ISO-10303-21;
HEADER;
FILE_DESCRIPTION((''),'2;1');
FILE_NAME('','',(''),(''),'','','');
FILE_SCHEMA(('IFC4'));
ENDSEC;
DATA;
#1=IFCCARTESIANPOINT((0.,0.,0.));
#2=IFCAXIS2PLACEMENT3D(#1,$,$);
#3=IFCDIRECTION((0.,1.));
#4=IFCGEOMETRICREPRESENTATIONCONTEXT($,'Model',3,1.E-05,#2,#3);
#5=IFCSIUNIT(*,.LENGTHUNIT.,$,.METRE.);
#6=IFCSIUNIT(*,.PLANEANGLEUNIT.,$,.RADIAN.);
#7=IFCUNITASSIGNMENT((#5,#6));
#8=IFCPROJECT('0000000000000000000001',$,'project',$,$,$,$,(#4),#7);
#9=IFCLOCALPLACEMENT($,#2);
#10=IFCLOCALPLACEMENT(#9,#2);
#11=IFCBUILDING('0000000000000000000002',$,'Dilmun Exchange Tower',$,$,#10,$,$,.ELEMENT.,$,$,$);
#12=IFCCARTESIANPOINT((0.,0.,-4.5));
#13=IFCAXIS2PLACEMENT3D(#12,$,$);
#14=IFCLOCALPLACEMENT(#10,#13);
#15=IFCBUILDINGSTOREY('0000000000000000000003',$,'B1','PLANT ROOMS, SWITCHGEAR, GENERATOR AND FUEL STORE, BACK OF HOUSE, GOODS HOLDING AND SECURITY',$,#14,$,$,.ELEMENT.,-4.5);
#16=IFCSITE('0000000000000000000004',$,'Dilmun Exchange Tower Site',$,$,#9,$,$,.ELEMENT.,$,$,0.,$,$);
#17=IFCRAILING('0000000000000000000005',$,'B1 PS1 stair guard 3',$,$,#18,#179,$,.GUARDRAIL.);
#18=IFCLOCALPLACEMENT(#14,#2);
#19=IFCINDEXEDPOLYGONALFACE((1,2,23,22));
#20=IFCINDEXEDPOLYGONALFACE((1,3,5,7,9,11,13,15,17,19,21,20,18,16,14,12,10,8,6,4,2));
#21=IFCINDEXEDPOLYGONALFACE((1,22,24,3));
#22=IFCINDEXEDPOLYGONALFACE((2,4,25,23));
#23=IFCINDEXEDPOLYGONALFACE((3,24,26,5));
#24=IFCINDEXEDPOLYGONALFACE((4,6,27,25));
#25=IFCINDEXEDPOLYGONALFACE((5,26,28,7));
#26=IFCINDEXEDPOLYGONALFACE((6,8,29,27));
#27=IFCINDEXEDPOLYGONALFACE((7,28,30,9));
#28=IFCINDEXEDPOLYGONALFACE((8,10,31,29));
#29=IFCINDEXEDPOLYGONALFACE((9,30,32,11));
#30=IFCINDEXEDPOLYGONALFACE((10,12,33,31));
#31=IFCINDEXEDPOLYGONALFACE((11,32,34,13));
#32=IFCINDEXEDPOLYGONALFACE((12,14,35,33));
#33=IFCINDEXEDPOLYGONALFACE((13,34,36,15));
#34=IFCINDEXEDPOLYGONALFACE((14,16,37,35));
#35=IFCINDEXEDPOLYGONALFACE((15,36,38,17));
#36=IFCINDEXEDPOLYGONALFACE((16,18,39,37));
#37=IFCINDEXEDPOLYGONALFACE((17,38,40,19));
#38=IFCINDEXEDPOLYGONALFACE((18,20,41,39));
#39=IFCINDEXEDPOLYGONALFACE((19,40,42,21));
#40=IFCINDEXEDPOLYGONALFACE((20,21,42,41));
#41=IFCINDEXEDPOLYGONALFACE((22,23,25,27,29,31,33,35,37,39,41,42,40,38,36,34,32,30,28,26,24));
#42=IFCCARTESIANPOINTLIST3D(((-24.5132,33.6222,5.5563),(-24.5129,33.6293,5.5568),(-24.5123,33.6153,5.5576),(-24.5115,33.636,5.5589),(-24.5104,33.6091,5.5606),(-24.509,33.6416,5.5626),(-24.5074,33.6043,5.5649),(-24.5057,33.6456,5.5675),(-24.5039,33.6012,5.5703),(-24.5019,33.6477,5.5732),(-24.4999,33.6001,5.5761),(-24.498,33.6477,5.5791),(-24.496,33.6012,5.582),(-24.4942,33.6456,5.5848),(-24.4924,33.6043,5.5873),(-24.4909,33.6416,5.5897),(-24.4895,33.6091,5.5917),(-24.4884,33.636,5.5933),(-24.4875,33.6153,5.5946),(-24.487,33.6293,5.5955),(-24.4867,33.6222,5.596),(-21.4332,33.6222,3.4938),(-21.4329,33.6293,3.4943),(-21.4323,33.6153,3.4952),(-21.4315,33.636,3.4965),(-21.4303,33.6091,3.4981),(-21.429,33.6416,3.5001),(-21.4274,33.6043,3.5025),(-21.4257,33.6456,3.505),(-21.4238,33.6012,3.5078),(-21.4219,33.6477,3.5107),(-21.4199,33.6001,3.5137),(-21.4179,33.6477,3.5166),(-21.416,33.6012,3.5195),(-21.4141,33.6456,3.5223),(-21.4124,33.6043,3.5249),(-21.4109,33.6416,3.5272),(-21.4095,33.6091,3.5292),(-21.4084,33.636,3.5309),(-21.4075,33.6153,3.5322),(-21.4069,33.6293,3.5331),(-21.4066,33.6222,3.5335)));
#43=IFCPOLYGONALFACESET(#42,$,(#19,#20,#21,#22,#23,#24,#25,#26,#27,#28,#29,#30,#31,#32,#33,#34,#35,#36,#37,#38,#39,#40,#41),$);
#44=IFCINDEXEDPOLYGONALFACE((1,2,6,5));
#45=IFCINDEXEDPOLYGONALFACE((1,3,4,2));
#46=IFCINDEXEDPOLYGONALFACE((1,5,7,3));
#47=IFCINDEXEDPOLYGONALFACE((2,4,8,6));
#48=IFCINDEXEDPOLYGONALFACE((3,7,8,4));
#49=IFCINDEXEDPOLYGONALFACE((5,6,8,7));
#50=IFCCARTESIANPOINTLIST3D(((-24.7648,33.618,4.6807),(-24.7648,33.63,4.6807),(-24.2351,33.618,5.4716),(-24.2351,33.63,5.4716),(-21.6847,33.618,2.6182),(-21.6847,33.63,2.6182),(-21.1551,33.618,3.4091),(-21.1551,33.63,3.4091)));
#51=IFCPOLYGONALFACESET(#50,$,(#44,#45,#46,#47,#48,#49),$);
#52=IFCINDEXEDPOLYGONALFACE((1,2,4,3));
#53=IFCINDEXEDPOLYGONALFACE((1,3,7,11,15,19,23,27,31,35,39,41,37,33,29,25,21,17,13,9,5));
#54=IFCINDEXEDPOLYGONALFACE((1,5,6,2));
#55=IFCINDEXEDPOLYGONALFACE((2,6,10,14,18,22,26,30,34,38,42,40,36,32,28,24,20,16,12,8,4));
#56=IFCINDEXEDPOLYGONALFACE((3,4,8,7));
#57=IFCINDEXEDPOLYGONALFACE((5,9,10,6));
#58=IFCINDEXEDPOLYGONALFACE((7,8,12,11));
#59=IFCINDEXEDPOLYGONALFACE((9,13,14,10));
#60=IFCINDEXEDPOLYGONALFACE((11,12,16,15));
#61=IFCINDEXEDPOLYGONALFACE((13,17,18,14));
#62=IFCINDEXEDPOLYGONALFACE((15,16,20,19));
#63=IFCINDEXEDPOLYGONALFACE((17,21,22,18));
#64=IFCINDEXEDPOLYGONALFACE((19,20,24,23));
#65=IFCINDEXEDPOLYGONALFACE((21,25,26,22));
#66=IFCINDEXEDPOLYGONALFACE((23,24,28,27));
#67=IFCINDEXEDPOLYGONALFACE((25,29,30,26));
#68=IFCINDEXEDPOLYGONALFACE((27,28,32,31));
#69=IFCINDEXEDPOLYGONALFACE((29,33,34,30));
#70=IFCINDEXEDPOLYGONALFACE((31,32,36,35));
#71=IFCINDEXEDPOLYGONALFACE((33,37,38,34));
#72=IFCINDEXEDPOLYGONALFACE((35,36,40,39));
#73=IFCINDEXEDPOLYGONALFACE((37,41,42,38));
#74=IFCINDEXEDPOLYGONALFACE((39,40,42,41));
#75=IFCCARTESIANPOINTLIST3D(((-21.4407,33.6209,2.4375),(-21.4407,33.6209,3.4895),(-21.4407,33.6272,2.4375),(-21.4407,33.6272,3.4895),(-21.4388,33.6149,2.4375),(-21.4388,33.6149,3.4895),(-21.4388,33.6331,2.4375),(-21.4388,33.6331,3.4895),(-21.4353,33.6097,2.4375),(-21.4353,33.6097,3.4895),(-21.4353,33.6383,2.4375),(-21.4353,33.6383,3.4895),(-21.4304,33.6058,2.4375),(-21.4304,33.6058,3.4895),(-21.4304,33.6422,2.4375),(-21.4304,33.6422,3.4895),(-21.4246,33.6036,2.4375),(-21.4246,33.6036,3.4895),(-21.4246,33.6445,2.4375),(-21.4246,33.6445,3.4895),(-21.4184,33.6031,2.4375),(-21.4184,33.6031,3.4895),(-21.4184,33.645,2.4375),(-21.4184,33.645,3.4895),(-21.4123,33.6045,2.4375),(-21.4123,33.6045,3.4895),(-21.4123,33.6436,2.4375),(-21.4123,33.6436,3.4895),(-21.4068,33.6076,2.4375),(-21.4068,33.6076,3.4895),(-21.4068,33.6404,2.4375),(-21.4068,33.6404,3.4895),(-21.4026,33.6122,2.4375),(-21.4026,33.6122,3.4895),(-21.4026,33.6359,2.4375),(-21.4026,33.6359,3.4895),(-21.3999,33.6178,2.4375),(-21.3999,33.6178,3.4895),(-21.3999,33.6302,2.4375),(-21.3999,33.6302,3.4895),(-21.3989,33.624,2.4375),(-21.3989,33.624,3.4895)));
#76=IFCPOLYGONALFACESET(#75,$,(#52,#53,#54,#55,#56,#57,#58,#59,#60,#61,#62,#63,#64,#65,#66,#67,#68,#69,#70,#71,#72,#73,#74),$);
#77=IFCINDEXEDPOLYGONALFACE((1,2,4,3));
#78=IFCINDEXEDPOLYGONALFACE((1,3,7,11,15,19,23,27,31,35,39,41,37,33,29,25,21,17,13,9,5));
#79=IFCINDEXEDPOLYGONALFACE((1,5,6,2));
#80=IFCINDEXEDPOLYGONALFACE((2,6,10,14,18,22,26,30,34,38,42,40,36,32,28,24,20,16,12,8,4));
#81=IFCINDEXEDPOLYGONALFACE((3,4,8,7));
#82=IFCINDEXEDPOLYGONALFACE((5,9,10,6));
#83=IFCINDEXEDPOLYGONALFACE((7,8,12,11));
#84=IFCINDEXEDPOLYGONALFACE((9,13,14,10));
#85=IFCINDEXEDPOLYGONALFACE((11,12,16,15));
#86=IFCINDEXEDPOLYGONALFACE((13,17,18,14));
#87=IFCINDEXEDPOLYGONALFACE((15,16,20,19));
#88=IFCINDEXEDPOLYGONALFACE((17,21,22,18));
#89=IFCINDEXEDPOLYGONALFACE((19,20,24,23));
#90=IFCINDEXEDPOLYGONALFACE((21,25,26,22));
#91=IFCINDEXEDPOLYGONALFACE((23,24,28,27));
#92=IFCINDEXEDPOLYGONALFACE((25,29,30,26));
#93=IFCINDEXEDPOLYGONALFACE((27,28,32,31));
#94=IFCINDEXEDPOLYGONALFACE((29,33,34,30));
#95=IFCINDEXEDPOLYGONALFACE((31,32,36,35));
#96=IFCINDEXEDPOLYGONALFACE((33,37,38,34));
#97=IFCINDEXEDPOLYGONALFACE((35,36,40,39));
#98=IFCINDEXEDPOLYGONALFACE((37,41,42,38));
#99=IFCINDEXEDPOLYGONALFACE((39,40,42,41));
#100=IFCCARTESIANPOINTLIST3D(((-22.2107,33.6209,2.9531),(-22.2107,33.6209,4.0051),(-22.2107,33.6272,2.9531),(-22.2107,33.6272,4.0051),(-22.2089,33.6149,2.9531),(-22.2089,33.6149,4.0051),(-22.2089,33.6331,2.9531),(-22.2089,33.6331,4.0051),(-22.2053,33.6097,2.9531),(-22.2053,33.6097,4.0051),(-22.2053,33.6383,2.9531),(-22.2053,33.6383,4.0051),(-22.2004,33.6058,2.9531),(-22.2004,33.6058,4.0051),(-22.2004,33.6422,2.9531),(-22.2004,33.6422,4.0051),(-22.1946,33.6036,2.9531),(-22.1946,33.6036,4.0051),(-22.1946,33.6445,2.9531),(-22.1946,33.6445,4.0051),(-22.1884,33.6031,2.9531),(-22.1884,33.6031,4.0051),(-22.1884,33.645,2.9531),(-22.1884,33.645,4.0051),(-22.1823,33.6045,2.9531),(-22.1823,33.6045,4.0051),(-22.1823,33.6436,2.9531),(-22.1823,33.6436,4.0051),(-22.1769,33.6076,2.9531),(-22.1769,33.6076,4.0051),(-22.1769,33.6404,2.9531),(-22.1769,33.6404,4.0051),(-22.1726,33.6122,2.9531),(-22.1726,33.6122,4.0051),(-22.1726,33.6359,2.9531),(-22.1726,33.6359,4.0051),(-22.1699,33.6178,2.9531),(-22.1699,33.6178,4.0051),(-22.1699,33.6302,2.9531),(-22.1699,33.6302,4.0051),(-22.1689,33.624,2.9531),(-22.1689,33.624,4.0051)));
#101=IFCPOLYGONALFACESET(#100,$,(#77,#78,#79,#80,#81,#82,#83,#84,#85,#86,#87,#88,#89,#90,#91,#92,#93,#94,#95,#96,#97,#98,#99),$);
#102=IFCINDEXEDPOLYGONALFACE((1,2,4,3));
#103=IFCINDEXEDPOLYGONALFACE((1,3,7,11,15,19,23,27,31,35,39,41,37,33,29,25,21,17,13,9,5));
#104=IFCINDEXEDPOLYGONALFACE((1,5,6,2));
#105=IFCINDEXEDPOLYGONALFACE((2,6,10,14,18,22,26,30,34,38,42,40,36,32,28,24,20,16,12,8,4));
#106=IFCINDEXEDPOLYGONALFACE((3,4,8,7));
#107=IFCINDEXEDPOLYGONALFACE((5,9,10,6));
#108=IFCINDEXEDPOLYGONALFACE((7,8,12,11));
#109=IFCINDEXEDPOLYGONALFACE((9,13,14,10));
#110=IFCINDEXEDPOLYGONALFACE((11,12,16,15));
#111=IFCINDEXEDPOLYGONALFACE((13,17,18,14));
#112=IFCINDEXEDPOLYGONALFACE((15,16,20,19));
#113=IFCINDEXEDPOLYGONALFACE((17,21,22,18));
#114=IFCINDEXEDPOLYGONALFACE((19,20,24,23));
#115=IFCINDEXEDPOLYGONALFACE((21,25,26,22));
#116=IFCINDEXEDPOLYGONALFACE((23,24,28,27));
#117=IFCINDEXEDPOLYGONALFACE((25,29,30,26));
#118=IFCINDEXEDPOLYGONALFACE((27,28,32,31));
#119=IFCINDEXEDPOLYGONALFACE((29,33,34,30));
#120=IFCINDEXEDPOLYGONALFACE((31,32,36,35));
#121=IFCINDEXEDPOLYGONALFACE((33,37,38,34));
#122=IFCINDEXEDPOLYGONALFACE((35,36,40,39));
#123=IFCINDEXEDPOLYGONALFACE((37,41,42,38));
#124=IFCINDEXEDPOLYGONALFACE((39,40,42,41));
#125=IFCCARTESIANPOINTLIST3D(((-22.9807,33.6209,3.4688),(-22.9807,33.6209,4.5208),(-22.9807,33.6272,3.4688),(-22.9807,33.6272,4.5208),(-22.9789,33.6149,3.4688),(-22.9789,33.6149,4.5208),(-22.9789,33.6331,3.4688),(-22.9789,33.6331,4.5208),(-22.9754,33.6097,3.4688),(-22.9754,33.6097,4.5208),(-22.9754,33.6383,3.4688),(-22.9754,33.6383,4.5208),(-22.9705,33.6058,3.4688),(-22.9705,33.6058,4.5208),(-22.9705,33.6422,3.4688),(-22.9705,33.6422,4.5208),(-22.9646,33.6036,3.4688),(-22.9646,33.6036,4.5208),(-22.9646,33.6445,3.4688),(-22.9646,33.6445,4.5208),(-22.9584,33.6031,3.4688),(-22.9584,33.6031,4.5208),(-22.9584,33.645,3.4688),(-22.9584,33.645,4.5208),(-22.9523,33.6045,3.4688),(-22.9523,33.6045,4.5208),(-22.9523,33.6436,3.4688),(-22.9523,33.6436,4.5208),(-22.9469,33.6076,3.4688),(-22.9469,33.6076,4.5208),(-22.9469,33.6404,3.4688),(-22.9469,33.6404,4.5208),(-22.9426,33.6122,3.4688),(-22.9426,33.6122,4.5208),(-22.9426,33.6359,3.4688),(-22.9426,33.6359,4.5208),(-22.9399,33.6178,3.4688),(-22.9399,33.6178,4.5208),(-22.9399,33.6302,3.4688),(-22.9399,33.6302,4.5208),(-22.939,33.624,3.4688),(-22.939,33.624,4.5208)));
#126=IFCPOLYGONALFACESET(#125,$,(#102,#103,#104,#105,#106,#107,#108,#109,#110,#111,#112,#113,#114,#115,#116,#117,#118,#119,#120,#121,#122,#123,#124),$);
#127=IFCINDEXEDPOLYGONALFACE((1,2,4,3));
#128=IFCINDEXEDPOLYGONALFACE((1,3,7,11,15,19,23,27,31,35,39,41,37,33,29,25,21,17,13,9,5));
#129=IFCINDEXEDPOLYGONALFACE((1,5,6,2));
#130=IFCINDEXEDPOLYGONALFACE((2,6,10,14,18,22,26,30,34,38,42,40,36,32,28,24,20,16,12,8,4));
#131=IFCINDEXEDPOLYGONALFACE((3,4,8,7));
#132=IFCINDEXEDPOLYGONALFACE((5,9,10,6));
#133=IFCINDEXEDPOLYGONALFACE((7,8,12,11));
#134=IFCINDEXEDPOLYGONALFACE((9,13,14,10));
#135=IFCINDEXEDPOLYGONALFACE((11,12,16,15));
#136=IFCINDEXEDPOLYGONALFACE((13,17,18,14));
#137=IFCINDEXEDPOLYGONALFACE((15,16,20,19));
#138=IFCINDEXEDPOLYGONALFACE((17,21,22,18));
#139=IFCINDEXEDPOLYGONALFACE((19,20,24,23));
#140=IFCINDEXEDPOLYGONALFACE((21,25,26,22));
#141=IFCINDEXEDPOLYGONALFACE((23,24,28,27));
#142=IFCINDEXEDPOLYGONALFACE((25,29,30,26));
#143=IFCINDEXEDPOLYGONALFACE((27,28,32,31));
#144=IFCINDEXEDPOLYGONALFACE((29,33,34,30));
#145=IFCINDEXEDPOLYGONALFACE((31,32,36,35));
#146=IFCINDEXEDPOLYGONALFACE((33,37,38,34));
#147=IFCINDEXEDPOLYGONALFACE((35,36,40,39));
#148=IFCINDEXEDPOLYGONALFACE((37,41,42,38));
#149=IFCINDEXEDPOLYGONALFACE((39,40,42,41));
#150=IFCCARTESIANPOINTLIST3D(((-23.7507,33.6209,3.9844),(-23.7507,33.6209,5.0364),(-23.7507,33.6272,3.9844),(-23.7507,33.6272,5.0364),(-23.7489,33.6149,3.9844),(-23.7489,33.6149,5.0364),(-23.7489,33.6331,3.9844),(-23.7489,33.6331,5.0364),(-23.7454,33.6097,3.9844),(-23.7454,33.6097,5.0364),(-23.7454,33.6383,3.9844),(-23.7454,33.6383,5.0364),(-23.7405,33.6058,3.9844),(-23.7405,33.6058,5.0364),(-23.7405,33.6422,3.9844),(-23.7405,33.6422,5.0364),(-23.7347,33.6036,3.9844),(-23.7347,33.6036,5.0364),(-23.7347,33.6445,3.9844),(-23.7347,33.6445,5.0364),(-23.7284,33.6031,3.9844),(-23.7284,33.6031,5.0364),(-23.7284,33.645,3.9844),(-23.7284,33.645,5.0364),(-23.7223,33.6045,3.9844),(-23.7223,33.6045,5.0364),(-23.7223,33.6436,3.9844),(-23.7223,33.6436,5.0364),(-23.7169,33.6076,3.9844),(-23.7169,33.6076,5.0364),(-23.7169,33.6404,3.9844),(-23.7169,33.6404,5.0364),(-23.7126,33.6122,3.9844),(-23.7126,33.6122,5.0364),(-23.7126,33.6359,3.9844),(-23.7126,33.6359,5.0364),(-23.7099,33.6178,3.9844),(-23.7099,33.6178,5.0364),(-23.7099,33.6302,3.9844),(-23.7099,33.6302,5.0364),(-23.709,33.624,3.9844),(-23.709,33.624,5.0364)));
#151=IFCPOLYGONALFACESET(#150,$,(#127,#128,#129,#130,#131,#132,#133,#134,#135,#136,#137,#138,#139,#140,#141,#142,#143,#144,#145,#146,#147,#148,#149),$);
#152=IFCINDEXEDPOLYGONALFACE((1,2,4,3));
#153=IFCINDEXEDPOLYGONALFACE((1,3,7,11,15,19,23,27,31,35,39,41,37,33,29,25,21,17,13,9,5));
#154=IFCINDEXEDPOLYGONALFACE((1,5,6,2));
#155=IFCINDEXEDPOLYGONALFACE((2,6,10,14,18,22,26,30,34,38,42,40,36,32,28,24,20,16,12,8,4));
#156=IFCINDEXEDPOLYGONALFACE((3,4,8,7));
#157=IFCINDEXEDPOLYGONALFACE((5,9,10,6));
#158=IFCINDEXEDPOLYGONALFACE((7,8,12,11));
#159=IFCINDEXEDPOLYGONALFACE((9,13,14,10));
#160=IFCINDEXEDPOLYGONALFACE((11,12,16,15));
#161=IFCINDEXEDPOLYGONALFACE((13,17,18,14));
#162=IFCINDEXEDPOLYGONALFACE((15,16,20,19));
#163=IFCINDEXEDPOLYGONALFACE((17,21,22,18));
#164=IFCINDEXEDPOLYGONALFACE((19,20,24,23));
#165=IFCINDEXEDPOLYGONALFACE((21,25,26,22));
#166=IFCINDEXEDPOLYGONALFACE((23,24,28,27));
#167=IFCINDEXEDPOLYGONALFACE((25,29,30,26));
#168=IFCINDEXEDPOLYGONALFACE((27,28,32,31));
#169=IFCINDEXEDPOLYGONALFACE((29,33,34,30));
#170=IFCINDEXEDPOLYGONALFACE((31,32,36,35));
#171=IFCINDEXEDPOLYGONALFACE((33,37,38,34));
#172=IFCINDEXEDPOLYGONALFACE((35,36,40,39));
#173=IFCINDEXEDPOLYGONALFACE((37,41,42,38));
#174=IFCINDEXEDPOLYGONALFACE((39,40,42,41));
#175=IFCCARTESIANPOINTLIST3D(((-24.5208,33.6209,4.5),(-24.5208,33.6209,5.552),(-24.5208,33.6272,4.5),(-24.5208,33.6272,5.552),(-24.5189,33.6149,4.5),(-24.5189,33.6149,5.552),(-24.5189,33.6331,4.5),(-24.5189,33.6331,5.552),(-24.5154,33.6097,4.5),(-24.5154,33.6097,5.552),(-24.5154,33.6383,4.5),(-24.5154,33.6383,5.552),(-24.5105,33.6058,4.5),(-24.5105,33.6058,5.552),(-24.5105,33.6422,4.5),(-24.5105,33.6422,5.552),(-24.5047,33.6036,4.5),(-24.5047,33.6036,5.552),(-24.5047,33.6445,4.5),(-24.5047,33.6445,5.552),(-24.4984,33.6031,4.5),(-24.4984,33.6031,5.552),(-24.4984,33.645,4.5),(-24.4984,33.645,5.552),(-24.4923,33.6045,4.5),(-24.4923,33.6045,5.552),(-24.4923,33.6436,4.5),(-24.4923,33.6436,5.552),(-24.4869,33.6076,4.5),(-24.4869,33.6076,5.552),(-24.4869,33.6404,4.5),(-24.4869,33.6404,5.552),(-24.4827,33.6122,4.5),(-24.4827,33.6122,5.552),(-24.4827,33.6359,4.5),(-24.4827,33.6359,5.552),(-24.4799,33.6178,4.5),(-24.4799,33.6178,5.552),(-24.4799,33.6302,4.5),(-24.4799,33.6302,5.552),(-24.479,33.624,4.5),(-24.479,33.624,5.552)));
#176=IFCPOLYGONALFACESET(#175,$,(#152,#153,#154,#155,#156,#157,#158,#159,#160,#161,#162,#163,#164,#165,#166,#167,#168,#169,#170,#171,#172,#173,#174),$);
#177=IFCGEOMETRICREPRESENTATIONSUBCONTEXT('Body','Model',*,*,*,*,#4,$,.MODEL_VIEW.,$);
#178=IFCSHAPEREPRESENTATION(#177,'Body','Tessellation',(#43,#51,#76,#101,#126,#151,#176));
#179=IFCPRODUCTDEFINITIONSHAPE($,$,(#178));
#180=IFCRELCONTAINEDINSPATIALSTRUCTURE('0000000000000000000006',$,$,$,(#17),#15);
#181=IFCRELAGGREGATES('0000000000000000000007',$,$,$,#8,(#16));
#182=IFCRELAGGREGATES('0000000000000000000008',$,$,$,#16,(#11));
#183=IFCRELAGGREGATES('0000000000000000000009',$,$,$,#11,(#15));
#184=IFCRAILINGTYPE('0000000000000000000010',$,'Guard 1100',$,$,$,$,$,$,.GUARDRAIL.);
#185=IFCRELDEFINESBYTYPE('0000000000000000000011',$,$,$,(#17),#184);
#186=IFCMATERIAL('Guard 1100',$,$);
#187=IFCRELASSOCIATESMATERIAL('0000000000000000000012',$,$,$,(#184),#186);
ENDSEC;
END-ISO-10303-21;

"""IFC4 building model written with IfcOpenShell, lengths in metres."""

from ifc_helpers import new_model, si_unit, direction, frame, origin, origin_2d, place, context, subcontext, project, spatial, rectangle, circle, extrude, material, type_object, element, save


model = new_model("IFC4")

# Units and contexts
model_context = context("Model", 3, precision=1e-05, world=origin(), true_north=direction((0.0, 1.0)))
body_context = subcontext(model_context, "Body", "Model", "MODEL_VIEW")
ifc_project = project(units=[si_unit("LENGTHUNIT", "METRE"), si_unit("PLANEANGLEUNIT", "RADIAN")], contexts=[model_context])

# Site, building, storey
site_placement = place(None, origin())
site = spatial("IfcSite", under=ifc_project, at=site_placement, Name="Dilmun Exchange Tower Site", CompositionType="ELEMENT", RefElevation=0.0)
building_placement = place(site_placement, origin())
building = spatial("IfcBuilding", under=site, at=building_placement, Name="Dilmun Exchange Tower", CompositionType="ELEMENT")
storey_placement = place(building_placement, frame((0.0, 0.0, -4.5)))
storey = spatial("IfcBuildingStorey", under=building, at=storey_placement, Name="B1", Description="PLANT ROOMS, SWITCHGEAR, GENERATOR AND FUEL STORE, BACK OF HOUSE, GOODS HOLDING AND SECURITY", CompositionType="ELEMENT", Elevation=-4.5)

# Railing
ifc_material_1 = material(Name="Guard 1100")
railing_type_1 = type_object("IfcRailingType", Name="Guard 1100", PredefinedType="GUARDRAIL", material=ifc_material_1)
railing_1_placement = place(storey_placement, frame((-21.4199, 33.624, 2.4375)))
element("IfcRailing", 1, at=railing_1_placement, inside=storey, type_object=railing_type_1, Name="B1 PS1 stair guard 3", PredefinedType="GUARDRAIL", context=body_context, shape_type="SweptSolid", body=[
    extrude(circle(Radius=0.0239, at=origin_2d()), frame((0.0, 0.0, 1.0762), z_axis=(-0.830914, 0.0, 0.556401), x_axis=(0.0, -1.0, 0.0)), (0.0, 0.0, 1.0), 3.7068),
    extrude(rectangle(XDim=0.012, YDim=0.9519, at=origin_2d()), frame((0.0, 0.0, 0.5762), z_axis=(-0.830914, 0.0, 0.556401), x_axis=(0.0, -1.0, 0.0)), (0.0, 0.0, 1.0), 3.7068),
    extrude(circle(Radius=0.021, at=origin_2d()), origin(), (0.0, 0.0, 1.0), 1.052),
    extrude(circle(Radius=0.021, at=origin_2d()), frame((-0.77, 0.0, 0.5156)), (0.0, 0.0, 1.0), 1.052),
    extrude(circle(Radius=0.021, at=origin_2d()), frame((-1.54, 0.0, 1.0312)), (0.0, 0.0, 1.0), 1.052),
    extrude(circle(Radius=0.021, at=origin_2d()), frame((-2.3101, 0.0, 1.5469)), (0.0, 0.0, 1.0), 1.052),
    extrude(circle(Radius=0.021, at=origin_2d()), frame((-3.0801, 0.0, 2.0625)), (0.0, 0.0, 1.0), 1.052),
])

save(model, "model.ifc")
